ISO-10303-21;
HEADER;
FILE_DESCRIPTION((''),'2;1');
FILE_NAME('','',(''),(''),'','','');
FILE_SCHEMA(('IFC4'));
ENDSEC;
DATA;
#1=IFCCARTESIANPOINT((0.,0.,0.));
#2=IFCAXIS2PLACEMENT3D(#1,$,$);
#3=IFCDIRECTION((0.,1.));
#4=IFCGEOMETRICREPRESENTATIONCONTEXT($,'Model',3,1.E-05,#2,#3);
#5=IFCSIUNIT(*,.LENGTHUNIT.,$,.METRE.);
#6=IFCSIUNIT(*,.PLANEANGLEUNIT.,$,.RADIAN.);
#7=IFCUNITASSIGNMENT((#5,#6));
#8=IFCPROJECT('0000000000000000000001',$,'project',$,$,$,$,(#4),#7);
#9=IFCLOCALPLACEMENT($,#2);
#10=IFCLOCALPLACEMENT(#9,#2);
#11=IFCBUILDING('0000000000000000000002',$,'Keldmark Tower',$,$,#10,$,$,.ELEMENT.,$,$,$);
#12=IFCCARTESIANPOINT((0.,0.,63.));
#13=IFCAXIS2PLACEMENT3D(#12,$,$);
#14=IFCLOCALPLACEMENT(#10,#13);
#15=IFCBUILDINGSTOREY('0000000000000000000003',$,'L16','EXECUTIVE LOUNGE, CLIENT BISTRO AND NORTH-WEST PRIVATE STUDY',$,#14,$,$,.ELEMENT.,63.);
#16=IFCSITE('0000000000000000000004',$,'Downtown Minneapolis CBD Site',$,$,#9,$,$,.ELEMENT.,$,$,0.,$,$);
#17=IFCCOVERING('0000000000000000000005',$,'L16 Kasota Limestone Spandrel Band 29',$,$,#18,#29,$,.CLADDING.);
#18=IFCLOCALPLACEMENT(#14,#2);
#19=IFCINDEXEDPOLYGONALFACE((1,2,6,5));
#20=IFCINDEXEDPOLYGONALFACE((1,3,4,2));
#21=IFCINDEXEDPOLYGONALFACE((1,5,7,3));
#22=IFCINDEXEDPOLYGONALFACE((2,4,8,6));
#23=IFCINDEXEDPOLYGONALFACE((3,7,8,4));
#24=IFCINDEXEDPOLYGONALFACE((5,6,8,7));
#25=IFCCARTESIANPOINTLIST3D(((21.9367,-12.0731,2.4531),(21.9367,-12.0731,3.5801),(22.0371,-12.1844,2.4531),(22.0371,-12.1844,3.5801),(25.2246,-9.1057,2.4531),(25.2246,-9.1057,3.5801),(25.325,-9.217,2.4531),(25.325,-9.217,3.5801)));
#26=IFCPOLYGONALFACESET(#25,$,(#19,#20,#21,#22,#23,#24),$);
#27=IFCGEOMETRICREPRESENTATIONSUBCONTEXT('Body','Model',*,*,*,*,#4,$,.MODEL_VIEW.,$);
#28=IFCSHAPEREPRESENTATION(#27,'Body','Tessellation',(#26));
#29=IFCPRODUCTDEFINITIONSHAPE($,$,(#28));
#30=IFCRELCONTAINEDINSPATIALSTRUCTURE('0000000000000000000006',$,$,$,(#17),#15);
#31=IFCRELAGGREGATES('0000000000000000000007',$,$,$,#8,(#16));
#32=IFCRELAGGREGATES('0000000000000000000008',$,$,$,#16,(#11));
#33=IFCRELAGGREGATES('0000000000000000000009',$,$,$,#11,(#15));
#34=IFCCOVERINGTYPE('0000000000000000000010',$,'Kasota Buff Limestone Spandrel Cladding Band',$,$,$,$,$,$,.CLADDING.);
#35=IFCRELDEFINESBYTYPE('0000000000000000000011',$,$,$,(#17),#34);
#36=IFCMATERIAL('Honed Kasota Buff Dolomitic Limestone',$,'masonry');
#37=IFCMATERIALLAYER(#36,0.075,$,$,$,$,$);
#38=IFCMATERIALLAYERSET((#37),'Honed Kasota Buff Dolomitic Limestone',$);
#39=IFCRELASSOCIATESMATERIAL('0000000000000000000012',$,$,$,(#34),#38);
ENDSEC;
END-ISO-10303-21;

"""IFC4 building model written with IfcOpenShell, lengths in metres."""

from ifc_helpers import new_model, si_unit, direction, frame, origin, origin_2d, place, context, subcontext, project, spatial, rectangle, extrude, material, layer, layer_set, type_object, element, save


model = new_model("IFC4")

# Units and contexts
model_context = context("Model", 3, precision=1e-05, world=origin(), true_north=direction((0.0, 1.0)))
body_context = subcontext(model_context, "Body", "Model", "MODEL_VIEW")
ifc_project = project(units=[si_unit("LENGTHUNIT", "METRE"), si_unit("PLANEANGLEUNIT", "RADIAN")], contexts=[model_context])

# Site, building, storey
site_placement = place(None, origin())
site = spatial("IfcSite", under=ifc_project, at=site_placement, Name="Downtown Minneapolis CBD Site", CompositionType="ELEMENT", RefElevation=0.0)
building_placement = place(site_placement, origin())
building = spatial("IfcBuilding", under=site, at=building_placement, Name="Keldmark Tower", CompositionType="ELEMENT")
storey_placement = place(building_placement, frame((0.0, 0.0, 63.0)))
storey = spatial("IfcBuildingStorey", under=building, at=storey_placement, Name="L16", Description="EXECUTIVE LOUNGE, CLIENT BISTRO AND NORTH-WEST PRIVATE STUDY", CompositionType="ELEMENT", Elevation=63.0)

# Covering
ifc_material_1 = material(Name="Honed Kasota Buff Dolomitic Limestone", Category="masonry")
ifc_layer_1 = layer(ifc_material_1, 0.075)
ifc_layer_set_1 = layer_set([ifc_layer_1], Name="Honed Kasota Buff Dolomitic Limestone")
covering_type = type_object("IfcCoveringType", Name="Kasota Buff Limestone Spandrel Cladding Band", PredefinedType="CLADDING", material=ifc_layer_set_1)
covering_placement = place(storey_placement, frame((23.6309, -10.645, 2.4531), z_axis=(0.0, 0.0, 1.0), x_axis=(0.742362, 0.669999, 0.0)))
element("IfcCovering", 1, at=covering_placement, inside=storey, type_object=covering_type, Name="L16 Kasota Limestone Spandrel Band 29", PredefinedType="CLADDING", context=body_context, shape_type="SweptSolid", body=[
    extrude(rectangle(XDim=4.429, YDim=0.1499, at=origin_2d()), origin(), (0.0, 0.0, 1.0), 1.127),
])

save(model, "model.ifc")
